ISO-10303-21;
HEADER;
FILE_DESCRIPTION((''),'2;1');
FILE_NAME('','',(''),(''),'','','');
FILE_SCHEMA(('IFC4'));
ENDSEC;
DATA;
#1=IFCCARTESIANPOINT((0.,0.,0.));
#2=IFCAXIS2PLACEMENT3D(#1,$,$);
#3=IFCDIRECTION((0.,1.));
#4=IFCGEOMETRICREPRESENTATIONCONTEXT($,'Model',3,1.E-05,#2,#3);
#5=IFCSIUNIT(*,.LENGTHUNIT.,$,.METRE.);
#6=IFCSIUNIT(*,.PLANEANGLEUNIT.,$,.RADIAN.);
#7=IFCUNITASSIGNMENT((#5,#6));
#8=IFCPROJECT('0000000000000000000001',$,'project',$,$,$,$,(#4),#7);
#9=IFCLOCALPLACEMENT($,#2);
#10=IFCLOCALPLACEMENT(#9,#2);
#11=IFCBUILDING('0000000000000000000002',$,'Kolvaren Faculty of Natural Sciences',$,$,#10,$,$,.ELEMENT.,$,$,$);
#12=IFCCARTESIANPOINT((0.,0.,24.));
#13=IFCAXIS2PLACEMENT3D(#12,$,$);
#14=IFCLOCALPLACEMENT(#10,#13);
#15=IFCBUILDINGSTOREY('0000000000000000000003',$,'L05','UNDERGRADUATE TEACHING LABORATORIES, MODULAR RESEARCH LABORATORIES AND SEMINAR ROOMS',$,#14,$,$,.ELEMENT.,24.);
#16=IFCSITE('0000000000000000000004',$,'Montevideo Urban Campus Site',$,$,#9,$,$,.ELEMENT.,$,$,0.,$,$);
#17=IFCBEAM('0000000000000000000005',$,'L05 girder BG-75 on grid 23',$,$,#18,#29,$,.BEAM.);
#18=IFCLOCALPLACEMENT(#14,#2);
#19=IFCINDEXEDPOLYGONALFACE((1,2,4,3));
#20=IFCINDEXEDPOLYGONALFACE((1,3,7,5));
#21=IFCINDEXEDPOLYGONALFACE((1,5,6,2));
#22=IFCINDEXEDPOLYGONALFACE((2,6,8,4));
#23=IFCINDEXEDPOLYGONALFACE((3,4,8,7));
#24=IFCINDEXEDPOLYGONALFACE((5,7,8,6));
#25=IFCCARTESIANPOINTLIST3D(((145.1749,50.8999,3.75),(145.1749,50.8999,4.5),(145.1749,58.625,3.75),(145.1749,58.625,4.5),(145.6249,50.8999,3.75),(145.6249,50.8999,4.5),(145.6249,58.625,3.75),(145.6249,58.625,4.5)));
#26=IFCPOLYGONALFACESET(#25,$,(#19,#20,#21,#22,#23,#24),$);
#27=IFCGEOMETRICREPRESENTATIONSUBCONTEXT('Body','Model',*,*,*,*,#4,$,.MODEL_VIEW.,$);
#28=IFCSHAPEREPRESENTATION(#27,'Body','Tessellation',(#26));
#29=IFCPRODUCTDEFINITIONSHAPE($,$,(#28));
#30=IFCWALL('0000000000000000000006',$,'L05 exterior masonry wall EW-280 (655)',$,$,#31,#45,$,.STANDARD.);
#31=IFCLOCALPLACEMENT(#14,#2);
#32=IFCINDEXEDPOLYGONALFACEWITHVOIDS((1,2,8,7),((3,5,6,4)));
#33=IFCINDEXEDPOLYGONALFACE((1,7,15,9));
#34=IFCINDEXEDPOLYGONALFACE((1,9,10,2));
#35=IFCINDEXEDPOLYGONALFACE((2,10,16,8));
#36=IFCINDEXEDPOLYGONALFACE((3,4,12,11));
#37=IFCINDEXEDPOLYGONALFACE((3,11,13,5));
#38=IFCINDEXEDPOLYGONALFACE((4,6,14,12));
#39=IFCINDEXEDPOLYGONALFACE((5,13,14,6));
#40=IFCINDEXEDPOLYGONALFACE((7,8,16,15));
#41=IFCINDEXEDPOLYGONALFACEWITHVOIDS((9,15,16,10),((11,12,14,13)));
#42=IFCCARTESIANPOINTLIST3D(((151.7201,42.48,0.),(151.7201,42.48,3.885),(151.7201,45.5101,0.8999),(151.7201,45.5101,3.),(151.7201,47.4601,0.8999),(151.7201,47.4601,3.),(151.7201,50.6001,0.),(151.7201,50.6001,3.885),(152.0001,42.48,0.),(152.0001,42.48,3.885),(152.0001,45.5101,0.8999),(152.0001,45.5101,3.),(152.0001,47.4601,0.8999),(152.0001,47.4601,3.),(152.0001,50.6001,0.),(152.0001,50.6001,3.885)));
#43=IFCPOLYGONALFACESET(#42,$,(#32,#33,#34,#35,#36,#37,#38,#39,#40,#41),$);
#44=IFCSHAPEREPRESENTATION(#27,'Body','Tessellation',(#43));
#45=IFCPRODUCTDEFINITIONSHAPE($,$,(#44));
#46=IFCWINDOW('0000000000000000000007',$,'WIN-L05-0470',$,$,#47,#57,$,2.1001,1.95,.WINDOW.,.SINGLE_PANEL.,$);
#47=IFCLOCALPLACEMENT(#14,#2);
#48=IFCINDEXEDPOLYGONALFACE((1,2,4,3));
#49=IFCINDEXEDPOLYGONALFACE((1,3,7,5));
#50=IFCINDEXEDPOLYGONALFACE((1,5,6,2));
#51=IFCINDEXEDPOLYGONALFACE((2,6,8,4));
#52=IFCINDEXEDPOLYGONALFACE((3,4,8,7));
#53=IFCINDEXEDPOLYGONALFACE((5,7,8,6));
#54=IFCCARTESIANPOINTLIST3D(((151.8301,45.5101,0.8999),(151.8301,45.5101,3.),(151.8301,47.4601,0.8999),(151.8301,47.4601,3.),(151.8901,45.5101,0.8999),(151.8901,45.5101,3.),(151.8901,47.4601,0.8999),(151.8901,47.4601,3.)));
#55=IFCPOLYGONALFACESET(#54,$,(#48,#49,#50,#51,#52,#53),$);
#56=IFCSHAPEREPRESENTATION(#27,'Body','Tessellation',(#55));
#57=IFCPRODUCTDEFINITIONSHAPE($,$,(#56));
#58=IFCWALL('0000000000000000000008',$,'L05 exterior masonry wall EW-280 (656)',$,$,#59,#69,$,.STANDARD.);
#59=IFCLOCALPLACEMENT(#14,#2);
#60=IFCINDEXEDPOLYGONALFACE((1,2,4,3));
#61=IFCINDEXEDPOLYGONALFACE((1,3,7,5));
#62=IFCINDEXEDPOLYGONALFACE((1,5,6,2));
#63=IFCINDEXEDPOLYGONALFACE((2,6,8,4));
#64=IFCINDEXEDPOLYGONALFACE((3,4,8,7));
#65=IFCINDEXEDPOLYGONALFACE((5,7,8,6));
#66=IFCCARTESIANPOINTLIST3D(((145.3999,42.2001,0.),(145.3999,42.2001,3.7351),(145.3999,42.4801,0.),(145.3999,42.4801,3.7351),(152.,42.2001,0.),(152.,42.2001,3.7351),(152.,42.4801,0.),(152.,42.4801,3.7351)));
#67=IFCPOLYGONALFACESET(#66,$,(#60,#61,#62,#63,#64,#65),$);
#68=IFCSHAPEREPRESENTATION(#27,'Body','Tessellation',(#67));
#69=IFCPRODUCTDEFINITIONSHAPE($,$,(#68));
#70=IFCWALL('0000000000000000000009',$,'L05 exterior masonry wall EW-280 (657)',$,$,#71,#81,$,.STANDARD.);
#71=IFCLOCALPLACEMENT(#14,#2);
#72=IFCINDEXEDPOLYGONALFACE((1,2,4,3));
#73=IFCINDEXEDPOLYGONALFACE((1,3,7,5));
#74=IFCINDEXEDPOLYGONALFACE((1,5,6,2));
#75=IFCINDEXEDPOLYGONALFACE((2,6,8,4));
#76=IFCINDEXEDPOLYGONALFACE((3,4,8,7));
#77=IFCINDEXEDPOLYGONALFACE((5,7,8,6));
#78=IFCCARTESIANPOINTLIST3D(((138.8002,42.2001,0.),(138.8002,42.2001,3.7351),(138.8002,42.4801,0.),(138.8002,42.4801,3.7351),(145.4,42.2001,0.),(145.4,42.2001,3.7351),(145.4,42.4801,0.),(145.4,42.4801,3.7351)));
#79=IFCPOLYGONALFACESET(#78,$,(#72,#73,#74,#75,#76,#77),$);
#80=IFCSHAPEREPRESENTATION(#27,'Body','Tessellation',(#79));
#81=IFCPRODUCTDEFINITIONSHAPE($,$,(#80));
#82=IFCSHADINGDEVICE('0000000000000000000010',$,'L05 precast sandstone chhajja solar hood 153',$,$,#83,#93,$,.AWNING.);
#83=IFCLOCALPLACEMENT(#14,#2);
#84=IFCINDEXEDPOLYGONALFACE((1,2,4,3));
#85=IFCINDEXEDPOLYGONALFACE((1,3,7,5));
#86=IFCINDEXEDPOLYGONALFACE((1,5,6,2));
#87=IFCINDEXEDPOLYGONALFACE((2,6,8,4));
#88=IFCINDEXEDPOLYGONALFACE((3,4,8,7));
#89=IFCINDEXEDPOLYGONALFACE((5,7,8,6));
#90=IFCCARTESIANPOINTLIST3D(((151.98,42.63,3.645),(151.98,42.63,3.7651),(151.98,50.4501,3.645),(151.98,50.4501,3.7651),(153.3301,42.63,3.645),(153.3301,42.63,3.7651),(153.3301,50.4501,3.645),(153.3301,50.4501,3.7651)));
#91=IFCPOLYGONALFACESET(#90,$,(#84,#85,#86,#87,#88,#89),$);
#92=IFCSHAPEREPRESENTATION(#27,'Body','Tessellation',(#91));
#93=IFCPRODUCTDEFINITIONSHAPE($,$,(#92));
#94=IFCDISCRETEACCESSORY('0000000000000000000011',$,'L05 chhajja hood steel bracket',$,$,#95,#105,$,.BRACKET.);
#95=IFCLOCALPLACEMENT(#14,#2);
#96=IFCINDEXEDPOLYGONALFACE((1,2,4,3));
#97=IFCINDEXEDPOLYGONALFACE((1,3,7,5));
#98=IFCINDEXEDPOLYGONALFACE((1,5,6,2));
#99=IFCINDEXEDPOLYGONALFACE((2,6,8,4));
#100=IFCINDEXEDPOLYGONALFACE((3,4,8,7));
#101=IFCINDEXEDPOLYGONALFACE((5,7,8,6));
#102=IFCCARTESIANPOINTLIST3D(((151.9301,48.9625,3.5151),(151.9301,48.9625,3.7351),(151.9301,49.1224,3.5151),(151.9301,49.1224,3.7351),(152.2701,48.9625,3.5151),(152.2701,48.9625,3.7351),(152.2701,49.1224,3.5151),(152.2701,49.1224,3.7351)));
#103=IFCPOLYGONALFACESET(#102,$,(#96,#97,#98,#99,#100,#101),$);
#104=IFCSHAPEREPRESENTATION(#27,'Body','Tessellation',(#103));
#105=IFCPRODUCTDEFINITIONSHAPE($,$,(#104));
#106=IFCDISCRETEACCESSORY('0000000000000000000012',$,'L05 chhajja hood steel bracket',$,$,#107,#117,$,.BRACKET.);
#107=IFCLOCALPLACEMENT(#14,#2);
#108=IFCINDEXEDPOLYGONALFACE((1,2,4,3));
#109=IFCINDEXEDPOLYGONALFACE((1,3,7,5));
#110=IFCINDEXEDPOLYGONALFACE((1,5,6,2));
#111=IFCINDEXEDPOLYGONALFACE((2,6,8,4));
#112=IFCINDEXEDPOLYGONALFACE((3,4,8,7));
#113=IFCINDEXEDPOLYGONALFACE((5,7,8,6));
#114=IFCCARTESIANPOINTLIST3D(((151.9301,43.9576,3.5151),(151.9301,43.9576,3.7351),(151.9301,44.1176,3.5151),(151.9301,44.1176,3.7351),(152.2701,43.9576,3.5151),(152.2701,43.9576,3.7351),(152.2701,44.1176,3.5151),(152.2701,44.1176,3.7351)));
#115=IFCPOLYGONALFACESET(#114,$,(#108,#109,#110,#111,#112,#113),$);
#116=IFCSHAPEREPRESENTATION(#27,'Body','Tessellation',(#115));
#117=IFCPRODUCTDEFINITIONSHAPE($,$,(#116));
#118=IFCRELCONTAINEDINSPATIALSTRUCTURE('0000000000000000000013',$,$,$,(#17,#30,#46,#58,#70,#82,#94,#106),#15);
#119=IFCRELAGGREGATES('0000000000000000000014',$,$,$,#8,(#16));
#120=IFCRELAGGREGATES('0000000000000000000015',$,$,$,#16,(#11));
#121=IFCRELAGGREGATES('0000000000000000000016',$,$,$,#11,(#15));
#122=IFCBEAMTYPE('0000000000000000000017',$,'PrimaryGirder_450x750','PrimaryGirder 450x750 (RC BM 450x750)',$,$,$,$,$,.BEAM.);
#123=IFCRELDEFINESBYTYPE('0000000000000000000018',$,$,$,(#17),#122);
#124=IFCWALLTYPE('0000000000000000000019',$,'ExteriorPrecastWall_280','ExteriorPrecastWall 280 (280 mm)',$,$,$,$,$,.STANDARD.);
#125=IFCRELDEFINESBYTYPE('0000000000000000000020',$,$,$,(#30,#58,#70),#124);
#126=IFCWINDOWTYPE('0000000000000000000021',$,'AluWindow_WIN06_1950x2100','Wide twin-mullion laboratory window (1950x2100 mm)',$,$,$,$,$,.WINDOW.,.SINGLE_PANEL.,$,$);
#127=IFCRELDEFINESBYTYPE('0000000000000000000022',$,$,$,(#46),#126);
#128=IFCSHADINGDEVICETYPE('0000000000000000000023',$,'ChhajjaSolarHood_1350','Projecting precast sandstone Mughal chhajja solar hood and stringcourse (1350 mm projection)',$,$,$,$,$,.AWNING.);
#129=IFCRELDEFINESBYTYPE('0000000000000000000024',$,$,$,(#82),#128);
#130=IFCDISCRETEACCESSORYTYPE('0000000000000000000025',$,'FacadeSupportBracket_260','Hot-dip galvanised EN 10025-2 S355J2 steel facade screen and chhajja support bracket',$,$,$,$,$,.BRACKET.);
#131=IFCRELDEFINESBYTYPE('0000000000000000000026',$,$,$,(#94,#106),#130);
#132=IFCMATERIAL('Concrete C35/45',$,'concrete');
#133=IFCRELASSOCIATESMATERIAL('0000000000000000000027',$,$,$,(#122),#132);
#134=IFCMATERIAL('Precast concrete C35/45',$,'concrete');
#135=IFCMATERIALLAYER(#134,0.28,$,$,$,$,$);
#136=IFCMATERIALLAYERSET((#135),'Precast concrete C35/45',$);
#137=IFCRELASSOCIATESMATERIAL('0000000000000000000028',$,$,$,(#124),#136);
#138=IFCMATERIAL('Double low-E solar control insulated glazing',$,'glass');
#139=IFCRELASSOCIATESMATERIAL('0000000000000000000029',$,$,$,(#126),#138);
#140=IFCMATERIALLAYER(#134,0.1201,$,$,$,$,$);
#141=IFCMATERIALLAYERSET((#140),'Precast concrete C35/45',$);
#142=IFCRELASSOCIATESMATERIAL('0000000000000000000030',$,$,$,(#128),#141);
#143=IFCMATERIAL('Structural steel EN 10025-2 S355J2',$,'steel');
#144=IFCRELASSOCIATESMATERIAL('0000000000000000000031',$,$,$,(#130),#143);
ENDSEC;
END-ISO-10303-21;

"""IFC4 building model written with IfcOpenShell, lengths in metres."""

from ifc_helpers import new_model, si_unit, direction, frame, frame_2d, origin, origin_2d, place, context, subcontext, project, spatial, rectangle, extrude, material, layer, layer_set, material_profile, profile_set, type_object, element, fill, save


model = new_model("IFC4")

# Units and contexts
model_context = context("Model", 3, precision=1e-05, world=origin(), true_north=direction((0.0, 1.0)))
body_context = subcontext(model_context, "Body", "Model", "MODEL_VIEW")
ifc_project = project(units=[si_unit("LENGTHUNIT", "METRE"), si_unit("PLANEANGLEUNIT", "RADIAN")], contexts=[model_context])

# Site, building, storey
site_placement = place(None, origin())
site = spatial("IfcSite", under=ifc_project, at=site_placement, Name="Montevideo Urban Campus Site", CompositionType="ELEMENT", RefElevation=0.0)
building_placement = place(site_placement, origin())
building = spatial("IfcBuilding", under=site, at=building_placement, Name="Kolvaren Faculty of Natural Sciences", CompositionType="ELEMENT")
storey_placement = place(building_placement, frame((0.0, 0.0, 24.0)))
storey = spatial("IfcBuildingStorey", under=building, at=storey_placement, Name="L05", Description="UNDERGRADUATE TEACHING LABORATORIES, MODULAR RESEARCH LABORATORIES AND SEMINAR ROOMS", CompositionType="ELEMENT", Elevation=24.0)

# Shared definitions
ifc_material_1 = material(Name="Concrete C35/45", Category="concrete")

# Beam
ifc_material_profile_1 = material_profile(ifc_material_1, rectangle(XDim=0.45, YDim=0.75, at=origin_2d()), Name="RC BM 450x750")
ifc_profile_set_1 = profile_set([ifc_material_profile_1], Name="Concrete C35/45")
beam_type_1 = type_object("IfcBeamType", Name="PrimaryGirder_450x750", Description="PrimaryGirder 450x750 (RC BM 450x750)", PredefinedType="BEAM", material=ifc_profile_set_1)
beam_1_placement = place(storey_placement, frame((145.3999, 50.8999, 4.125), z_axis=(0.0, 1.0, 0.0), x_axis=(-1.0, 0.0, 0.0)))
element("IfcBeam", 1, at=beam_1_placement, inside=storey, type_object=beam_type_1, Name="L05 girder BG-75 on grid 23", PredefinedType="BEAM", context=body_context, shape_type="SweptSolid", body=[
    extrude(rectangle(XDim=0.45, YDim=0.75, at=origin_2d()), origin(), (0.0, 0.0, 1.0), 7.7251),
])

# Wall, opening, window
ifc_material_2 = material(Name="Precast concrete C35/45", Category="concrete")
ifc_layer_1 = layer(ifc_material_2, 0.28)
ifc_layer_set_1 = layer_set([ifc_layer_1], Name="Precast concrete C35/45")
wall_type = type_object("IfcWallType", Name="ExteriorPrecastWall_280", Description="ExteriorPrecastWall 280 (280 mm)", PredefinedType="STANDARD", material=ifc_layer_set_1)
wall_1_placement = place(storey_placement, frame((151.8601, 50.6001, 0.0), z_axis=(0.0, 0.0, 1.0), x_axis=(0.0, -1.0, 0.0)))
wall_1 = element("IfcWall", 2, at=wall_1_placement, inside=storey, type_object=wall_type, Name="L05 exterior masonry wall EW-280 (655)", PredefinedType="STANDARD", context=body_context, shape_type="SweptSolid", body=[
    extrude(rectangle(XDim=8.1201, YDim=0.28, at=frame_2d((4.0601, 0.0))), origin(), (0.0, 0.0, 1.0), 3.885),
])
opening_placement = place(wall_1_placement, frame((3.1399, 0.0, 0.8999)))
opening = element("IfcOpeningElement", 3, at=opening_placement, cuts=wall_1, PredefinedType="OPENING", context=body_context, shape_type="SweptSolid", body=[
    extrude(rectangle(XDim=1.95, YDim=2.1001, at=frame_2d((0.9751, 1.05))), frame((0.0, 0.1499, 0.0), z_axis=(0.0, -1.0, 0.0), x_axis=(1.0, 0.0, 0.0)), (0.0, 0.0, 1.0), 0.3),
])
ifc_material_3 = material(Name="Double low-E solar control insulated glazing", Category="glass")
window_type = type_object("IfcWindowType", Name="AluWindow_WIN06_1950x2100", Description="Wide twin-mullion laboratory window (1950x2100 mm)", PartitioningType="SINGLE_PANEL", PredefinedType="WINDOW", material=ifc_material_3)
window_placement = place(opening_placement, origin())
window = element("IfcWindow", 4, at=window_placement, inside=storey, type_object=window_type, Name="WIN-L05-0470", OverallHeight=2.1001, OverallWidth=1.95, PartitioningType="SINGLE_PANEL", PredefinedType="WINDOW", context=body_context, shape_type="SweptSolid", body=[
    extrude(rectangle(XDim=1.95, YDim=2.1001, at=frame_2d((0.9751, 1.05))), frame((0.0, 0.03, 0.0), z_axis=(0.0, -1.0, 0.0), x_axis=(1.0, 0.0, 0.0)), (0.0, 0.0, 1.0), 0.0601),
])
fill(opening, window)

# Walls
wall_2_placement = place(storey_placement, frame((152.0, 42.3401, 0.0), z_axis=(0.0, 0.0, 1.0), x_axis=(-1.0, 0.0, 0.0)))
element("IfcWall", 5, at=wall_2_placement, inside=storey, type_object=wall_type, Name="L05 exterior masonry wall EW-280 (656)", PredefinedType="STANDARD", context=body_context, shape_type="SweptSolid", body=[
    extrude(rectangle(XDim=6.6001, YDim=0.28, at=frame_2d((3.3, 0.0))), origin(), (0.0, 0.0, 1.0), 3.7351),
])
wall_3_placement = place(storey_placement, frame((145.3999, 42.3401, 0.0), z_axis=(0.0, 0.0, 1.0), x_axis=(-1.0, 0.0, 0.0)))
element("IfcWall", 6, at=wall_3_placement, inside=storey, type_object=wall_type, Name="L05 exterior masonry wall EW-280 (657)", PredefinedType="STANDARD", context=body_context, shape_type="SweptSolid", body=[
    extrude(rectangle(XDim=6.5999, YDim=0.28, at=frame_2d((3.2998, 0.0))), origin(), (0.0, 0.0, 1.0), 3.7351),
])

# Shading device
ifc_layer_2 = layer(ifc_material_2, 0.1201)
ifc_layer_set_2 = layer_set([ifc_layer_2], Name="Precast concrete C35/45")
shading_device_type = type_object("IfcShadingDeviceType", Name="ChhajjaSolarHood_1350", Description="Projecting precast sandstone Mughal chhajja solar hood and stringcourse (1350 mm projection)", PredefinedType="AWNING", material=ifc_layer_set_2)
shading_device_placement = place(storey_placement, frame((152.655, 46.54, 3.645), z_axis=(0.0, 0.0, 1.0), x_axis=(0.0, -1.0, 0.0)))
element("IfcShadingDevice", 7, at=shading_device_placement, inside=storey, type_object=shading_device_type, Name="L05 precast sandstone chhajja solar hood 153", PredefinedType="AWNING", context=body_context, shape_type="SweptSolid", body=[
    extrude(rectangle(XDim=7.8201, YDim=1.3501, at=origin_2d()), origin(), (0.0, 0.0, 1.0), 0.1201),
])

# Discrete accessories
ifc_material_4 = material(Name="Structural steel EN 10025-2 S355J2", Category="steel")
discrete_accessory_type = type_object("IfcDiscreteAccessoryType", Name="FacadeSupportBracket_260", Description="Hot-dip galvanised EN 10025-2 S355J2 steel facade screen and chhajja support bracket", PredefinedType="BRACKET", material=ifc_material_4)
for number, where, z_axis, x_axis, name in (
    (8, (152.1001, 49.0425, 3.5151), (0.0, 0.0, 1.0), (0.0, -1.0, 0.0), "L05 chhajja hood steel bracket"),
    (9, (152.1001, 44.0376, 3.5151), (0.0, 0.0, 1.0), (0.0, -1.0, 0.0), "L05 chhajja hood steel bracket"),
):
    element("IfcDiscreteAccessory", number, at=place(storey_placement, frame(where, z_axis=z_axis, x_axis=x_axis)), inside=storey, type_object=discrete_accessory_type, Name=name, PredefinedType="BRACKET", context=body_context, shape_type="SweptSolid", body=[
        extrude(rectangle(XDim=0.1599, YDim=0.3401, at=origin_2d()), origin(), (0.0, 0.0, 1.0), 0.22),
    ])

save(model, "model.ifc")
